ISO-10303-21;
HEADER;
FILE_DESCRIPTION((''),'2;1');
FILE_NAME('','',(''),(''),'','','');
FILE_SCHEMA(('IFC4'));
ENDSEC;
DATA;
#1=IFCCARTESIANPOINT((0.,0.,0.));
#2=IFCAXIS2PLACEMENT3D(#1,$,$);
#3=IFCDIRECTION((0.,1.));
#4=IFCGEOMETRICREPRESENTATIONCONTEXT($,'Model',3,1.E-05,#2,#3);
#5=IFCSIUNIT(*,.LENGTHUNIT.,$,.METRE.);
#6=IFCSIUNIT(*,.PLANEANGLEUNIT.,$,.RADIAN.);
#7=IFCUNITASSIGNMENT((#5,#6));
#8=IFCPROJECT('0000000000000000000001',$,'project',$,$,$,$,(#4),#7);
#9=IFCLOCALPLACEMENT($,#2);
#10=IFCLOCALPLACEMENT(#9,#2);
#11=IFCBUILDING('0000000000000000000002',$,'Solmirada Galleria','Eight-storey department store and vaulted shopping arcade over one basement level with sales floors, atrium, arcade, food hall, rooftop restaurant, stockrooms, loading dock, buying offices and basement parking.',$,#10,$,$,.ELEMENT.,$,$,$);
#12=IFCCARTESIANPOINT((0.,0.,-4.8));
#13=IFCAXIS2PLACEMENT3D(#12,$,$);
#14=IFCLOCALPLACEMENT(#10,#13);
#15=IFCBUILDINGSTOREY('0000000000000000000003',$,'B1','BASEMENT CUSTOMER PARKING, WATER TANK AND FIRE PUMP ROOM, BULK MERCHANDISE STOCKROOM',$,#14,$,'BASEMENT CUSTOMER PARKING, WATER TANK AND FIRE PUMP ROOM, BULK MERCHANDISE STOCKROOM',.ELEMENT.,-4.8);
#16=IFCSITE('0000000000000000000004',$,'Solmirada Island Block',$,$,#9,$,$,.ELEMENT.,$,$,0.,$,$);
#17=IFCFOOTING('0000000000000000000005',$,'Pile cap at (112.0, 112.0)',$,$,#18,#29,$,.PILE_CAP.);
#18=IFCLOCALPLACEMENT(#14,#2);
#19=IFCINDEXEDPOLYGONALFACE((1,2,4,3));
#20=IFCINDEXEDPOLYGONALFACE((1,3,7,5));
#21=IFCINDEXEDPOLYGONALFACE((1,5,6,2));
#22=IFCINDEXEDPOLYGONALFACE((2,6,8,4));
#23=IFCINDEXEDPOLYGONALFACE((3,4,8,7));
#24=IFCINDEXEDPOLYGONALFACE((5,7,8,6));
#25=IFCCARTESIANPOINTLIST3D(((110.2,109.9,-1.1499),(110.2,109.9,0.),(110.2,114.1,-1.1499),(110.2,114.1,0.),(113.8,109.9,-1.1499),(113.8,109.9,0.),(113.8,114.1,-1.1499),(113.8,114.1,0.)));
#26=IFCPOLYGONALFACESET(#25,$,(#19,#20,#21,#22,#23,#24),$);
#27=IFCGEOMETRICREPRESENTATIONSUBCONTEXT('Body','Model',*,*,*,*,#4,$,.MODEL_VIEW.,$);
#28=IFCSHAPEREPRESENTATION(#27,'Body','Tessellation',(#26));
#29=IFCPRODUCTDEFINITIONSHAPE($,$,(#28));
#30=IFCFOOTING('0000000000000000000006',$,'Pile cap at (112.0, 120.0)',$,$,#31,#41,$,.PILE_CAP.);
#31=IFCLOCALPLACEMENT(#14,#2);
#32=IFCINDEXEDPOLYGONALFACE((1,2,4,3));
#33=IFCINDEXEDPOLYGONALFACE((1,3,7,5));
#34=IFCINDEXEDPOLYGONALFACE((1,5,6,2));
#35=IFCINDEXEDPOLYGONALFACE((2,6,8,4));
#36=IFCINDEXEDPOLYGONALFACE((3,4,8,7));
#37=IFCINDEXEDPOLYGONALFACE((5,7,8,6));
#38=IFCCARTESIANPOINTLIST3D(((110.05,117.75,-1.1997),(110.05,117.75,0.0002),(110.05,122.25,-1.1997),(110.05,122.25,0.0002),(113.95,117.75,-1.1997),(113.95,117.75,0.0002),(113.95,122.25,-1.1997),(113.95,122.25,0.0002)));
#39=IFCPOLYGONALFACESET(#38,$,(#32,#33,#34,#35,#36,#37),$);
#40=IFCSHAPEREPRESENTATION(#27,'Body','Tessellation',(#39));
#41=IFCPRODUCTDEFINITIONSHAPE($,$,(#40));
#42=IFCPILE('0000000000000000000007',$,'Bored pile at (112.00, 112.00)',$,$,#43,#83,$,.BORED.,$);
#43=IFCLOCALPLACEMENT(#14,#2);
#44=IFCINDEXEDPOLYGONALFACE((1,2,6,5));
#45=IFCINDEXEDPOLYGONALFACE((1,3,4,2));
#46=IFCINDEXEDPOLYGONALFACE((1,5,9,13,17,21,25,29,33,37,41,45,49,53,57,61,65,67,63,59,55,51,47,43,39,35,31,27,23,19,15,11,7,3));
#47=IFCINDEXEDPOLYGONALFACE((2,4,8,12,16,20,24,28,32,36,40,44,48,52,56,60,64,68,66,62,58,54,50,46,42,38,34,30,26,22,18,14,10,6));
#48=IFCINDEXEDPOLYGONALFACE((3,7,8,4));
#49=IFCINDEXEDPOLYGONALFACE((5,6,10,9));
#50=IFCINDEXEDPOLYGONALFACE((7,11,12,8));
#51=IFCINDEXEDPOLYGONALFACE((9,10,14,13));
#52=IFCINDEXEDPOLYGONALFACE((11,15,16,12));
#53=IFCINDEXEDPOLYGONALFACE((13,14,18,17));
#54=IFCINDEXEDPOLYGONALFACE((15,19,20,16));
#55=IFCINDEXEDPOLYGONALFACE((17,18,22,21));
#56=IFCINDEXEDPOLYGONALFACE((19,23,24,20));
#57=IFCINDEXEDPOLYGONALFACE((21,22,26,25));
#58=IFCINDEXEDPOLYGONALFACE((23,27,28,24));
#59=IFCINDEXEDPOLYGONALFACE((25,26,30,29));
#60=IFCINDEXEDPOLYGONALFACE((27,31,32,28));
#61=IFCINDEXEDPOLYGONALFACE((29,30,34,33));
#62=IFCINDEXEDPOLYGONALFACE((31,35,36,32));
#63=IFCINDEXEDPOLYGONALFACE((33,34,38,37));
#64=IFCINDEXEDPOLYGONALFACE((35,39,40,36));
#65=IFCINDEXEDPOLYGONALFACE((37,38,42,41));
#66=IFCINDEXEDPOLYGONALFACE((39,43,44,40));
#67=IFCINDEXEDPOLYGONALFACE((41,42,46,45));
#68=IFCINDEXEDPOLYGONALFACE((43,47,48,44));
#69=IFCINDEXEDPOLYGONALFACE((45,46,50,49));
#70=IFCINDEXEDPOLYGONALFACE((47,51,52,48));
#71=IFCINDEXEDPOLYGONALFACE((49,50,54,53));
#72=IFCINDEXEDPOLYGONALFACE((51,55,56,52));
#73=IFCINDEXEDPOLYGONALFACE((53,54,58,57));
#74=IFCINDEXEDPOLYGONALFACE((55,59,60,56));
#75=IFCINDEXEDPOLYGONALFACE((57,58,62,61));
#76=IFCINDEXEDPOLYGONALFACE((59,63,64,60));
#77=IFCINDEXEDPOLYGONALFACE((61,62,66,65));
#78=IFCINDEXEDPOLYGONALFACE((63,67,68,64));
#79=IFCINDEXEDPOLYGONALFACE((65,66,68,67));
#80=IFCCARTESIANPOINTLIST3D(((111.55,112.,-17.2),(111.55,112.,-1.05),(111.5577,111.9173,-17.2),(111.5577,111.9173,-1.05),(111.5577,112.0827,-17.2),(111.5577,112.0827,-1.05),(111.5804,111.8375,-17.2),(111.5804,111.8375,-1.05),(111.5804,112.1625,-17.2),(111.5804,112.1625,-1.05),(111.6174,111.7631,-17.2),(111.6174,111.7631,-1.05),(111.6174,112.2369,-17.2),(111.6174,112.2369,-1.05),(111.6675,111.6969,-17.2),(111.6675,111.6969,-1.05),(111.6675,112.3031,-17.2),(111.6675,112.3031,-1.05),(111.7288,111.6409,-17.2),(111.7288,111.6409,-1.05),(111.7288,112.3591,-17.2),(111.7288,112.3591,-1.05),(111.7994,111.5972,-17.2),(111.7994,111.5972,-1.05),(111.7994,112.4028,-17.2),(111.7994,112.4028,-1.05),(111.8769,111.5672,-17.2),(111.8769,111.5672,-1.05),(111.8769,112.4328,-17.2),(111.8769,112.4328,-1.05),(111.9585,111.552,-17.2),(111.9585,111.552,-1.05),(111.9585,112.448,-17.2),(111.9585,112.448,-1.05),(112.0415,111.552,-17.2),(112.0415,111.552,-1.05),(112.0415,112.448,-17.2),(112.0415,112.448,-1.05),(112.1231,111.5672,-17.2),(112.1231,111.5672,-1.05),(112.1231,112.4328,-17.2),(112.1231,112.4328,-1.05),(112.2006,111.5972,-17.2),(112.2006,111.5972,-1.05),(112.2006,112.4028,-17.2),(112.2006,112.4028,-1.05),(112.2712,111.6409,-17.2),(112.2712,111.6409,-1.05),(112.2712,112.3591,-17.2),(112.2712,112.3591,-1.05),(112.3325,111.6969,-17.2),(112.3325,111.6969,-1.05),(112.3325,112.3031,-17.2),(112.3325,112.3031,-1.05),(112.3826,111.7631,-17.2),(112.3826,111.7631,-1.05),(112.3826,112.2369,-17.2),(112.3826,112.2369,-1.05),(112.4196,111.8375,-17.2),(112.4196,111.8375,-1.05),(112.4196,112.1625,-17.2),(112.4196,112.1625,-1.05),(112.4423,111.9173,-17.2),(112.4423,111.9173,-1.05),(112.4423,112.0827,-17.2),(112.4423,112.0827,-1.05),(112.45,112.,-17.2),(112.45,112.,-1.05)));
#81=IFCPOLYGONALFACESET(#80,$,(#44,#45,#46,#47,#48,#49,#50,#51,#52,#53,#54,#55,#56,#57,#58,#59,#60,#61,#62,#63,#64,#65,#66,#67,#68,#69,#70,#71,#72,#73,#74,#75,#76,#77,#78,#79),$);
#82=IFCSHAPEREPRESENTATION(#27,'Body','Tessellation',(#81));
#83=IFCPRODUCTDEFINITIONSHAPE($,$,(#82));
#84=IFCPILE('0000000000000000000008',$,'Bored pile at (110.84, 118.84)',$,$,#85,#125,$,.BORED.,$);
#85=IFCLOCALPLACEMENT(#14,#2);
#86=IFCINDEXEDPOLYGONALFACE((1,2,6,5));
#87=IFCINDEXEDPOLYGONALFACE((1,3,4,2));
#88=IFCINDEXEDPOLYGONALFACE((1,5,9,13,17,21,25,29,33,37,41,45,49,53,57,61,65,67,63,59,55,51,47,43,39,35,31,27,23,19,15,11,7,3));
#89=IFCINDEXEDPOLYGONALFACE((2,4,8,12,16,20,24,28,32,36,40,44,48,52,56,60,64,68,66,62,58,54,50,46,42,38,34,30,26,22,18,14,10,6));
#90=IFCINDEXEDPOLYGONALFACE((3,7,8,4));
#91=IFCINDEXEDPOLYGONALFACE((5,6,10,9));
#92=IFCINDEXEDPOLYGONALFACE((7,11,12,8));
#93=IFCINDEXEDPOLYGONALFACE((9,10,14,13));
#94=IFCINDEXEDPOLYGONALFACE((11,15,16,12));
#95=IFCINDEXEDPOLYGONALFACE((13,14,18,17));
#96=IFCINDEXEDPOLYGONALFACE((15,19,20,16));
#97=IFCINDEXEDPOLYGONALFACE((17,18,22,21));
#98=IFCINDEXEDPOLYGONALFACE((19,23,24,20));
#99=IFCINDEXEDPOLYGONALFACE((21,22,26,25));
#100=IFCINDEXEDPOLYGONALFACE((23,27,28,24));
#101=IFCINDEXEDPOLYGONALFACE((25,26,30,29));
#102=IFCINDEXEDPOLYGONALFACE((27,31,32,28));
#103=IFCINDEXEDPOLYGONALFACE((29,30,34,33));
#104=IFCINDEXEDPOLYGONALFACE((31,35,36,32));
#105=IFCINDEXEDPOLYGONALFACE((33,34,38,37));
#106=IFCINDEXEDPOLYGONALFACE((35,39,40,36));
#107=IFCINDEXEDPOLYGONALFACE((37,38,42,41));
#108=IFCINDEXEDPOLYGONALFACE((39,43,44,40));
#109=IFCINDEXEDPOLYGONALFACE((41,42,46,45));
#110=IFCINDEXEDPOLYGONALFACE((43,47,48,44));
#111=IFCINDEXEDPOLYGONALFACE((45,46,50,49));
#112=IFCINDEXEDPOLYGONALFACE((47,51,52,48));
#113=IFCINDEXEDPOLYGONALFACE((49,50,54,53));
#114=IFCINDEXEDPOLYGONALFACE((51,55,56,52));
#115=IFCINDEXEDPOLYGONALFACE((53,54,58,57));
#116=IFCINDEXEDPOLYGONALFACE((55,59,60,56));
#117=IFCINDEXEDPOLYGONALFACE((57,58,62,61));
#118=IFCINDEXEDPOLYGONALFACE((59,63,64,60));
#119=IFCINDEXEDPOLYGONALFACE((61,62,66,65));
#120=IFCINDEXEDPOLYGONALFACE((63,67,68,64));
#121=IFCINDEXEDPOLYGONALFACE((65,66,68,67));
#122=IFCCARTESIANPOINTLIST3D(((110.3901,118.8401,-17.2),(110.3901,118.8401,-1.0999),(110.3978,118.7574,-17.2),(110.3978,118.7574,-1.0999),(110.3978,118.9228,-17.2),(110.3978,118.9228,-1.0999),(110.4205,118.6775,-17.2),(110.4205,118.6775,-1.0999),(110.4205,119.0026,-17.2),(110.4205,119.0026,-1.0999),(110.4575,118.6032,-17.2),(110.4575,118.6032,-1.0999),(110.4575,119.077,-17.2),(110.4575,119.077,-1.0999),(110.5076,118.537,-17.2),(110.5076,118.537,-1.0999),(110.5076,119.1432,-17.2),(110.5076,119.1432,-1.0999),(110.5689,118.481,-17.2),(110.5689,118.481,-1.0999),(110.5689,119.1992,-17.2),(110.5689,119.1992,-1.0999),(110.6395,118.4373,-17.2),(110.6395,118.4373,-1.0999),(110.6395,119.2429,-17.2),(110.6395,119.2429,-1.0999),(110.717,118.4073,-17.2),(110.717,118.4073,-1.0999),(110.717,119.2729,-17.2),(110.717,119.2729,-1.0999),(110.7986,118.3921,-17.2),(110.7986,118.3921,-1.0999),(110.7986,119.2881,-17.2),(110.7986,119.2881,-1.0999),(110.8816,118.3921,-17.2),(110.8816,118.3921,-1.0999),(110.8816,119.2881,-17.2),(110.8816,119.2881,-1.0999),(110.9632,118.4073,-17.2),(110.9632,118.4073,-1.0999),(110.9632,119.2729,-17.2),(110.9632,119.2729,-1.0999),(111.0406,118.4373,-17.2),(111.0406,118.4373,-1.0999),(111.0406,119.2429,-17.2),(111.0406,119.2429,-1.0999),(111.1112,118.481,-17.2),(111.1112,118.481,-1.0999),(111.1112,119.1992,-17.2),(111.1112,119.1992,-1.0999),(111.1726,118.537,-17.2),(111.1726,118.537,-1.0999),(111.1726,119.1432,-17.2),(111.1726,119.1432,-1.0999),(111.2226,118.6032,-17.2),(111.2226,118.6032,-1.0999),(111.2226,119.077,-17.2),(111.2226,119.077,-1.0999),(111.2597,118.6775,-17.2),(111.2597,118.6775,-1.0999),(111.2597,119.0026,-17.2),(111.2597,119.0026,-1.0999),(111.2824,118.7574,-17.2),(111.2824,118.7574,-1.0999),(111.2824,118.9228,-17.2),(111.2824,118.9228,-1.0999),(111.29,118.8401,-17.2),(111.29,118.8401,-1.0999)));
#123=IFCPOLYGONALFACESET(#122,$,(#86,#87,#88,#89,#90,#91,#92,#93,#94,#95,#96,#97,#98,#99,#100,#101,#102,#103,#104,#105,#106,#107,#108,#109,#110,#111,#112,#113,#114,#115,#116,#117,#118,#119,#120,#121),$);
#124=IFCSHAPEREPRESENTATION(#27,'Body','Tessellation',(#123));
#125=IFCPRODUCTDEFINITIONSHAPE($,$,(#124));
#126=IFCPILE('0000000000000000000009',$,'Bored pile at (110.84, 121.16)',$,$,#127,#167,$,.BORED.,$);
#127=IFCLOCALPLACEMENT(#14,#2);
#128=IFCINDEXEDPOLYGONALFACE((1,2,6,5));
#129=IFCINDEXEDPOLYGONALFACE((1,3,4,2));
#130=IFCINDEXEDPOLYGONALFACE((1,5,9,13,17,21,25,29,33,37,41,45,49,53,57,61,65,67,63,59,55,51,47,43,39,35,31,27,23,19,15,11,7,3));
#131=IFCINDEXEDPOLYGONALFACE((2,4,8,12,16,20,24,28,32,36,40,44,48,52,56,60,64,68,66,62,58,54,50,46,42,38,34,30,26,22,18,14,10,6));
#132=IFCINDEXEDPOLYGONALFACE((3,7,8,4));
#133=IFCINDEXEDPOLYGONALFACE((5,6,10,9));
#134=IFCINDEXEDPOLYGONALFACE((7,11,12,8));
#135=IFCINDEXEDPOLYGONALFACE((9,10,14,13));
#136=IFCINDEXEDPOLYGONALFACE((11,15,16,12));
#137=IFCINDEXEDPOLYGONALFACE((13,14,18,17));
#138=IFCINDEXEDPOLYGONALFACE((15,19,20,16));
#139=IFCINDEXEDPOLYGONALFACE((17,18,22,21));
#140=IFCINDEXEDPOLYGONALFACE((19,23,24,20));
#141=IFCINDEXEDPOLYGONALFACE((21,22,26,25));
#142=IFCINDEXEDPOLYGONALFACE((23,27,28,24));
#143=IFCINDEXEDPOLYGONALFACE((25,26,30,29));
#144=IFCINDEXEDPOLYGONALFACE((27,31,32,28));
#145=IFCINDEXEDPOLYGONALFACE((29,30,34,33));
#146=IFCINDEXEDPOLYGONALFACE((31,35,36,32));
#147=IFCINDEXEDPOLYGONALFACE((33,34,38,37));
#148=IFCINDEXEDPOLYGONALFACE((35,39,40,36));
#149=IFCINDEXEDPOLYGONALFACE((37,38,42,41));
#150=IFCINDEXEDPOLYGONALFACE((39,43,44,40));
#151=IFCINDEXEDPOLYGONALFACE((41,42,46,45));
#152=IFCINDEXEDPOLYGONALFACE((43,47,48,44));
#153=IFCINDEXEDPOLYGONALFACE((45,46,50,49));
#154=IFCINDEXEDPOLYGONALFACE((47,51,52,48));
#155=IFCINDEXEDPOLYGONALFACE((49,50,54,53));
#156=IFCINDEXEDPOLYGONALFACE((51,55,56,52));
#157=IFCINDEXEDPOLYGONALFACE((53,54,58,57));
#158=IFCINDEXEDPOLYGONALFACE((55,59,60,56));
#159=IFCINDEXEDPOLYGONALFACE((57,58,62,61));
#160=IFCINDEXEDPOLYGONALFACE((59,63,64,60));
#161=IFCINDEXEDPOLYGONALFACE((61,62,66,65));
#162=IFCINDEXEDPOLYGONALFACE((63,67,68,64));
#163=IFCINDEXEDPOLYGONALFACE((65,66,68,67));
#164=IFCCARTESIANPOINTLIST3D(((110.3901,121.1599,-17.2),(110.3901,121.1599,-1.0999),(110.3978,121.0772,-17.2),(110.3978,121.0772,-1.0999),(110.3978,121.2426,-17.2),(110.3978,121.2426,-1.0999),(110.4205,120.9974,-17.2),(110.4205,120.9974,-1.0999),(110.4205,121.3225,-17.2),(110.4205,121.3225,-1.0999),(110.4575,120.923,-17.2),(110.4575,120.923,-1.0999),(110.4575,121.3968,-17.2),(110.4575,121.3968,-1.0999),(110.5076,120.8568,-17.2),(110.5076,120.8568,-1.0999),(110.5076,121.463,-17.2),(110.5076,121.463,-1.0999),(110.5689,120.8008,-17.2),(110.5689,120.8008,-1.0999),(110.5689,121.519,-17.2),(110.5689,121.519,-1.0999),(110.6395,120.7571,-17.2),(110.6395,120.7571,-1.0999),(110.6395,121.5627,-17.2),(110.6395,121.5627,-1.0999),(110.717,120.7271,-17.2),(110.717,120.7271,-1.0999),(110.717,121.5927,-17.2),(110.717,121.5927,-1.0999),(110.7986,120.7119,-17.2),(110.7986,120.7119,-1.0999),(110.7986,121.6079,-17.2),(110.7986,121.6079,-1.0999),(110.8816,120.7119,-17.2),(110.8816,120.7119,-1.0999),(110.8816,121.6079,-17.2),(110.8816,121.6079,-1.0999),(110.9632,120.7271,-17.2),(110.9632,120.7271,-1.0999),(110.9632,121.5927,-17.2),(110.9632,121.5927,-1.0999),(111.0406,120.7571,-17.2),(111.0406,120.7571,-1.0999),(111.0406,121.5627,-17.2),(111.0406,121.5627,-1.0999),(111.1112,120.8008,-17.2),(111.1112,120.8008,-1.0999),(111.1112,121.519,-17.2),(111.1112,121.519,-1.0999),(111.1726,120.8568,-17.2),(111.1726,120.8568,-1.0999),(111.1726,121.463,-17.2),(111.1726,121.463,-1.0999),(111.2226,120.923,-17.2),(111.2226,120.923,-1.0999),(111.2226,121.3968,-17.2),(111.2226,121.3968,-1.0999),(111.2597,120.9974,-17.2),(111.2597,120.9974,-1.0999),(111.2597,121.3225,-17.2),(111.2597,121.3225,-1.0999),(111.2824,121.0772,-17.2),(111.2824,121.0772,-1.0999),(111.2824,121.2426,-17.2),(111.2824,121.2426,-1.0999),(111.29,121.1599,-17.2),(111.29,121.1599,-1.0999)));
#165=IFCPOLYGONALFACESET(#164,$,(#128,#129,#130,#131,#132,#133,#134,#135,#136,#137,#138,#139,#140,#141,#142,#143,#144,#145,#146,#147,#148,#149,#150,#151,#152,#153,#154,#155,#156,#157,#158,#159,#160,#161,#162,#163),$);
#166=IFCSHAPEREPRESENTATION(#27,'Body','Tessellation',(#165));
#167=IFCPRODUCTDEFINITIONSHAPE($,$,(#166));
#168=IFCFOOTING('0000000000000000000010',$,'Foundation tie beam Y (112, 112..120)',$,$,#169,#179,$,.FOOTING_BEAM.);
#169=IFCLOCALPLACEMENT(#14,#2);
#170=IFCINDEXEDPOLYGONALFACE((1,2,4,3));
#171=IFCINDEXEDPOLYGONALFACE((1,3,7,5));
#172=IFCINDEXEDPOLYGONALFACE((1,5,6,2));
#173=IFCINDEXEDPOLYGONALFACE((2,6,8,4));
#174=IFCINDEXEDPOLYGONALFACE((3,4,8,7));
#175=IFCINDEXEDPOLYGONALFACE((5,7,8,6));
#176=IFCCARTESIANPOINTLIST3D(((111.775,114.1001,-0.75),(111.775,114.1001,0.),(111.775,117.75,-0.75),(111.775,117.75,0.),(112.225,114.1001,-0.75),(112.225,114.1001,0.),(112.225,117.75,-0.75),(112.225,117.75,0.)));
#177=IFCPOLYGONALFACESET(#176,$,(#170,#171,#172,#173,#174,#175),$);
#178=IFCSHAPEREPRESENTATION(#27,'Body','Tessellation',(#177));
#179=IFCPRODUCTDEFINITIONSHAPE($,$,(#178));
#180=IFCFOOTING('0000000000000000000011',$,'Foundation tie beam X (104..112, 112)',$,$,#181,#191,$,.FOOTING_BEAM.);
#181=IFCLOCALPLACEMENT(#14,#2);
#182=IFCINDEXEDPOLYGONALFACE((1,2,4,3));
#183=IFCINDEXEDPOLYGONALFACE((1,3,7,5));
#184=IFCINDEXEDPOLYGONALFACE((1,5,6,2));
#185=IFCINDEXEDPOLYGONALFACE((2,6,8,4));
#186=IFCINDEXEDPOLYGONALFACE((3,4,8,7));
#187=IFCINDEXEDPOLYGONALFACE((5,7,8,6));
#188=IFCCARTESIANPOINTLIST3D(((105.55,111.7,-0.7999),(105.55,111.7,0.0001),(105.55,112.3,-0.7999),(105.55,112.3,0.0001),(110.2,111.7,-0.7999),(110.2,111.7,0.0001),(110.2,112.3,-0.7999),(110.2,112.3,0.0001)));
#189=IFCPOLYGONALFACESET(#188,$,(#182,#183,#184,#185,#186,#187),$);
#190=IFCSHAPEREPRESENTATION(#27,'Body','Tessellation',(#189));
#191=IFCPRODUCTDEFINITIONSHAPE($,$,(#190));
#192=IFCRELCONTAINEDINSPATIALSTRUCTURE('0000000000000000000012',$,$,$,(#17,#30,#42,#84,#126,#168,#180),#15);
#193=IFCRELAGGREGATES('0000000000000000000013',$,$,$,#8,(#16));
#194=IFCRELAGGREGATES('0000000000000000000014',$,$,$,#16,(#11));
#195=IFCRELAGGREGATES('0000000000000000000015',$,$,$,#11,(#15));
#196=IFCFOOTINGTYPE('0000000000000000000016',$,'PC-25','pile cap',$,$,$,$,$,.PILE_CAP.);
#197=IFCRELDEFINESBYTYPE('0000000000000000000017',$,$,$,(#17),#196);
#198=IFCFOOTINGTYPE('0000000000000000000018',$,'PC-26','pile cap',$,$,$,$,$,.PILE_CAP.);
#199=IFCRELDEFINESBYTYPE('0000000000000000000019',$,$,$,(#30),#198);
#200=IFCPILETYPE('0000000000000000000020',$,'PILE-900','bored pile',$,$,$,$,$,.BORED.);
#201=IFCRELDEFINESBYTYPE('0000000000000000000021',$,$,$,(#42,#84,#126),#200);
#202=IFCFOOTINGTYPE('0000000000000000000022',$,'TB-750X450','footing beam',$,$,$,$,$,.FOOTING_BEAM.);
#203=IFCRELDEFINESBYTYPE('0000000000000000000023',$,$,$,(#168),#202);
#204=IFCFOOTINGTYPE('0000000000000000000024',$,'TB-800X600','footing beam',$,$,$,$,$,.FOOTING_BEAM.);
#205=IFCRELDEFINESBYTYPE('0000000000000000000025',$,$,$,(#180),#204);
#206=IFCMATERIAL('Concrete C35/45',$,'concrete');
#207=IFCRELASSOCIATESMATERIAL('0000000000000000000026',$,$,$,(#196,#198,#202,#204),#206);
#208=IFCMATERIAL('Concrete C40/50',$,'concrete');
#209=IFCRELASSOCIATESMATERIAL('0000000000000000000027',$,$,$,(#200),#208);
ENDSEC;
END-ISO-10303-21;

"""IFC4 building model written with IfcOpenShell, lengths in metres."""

from ifc_helpers import new_model, si_unit, direction, frame, origin, origin_2d, place, context, subcontext, project, spatial, rectangle, circle, extrude, material, material_profile, profile_set, type_object, element, save


model = new_model("IFC4")

# Units and contexts
model_context = context("Model", 3, precision=1e-05, world=origin(), true_north=direction((0.0, 1.0)))
body_context = subcontext(model_context, "Body", "Model", "MODEL_VIEW")
ifc_project = project(units=[si_unit("LENGTHUNIT", "METRE"), si_unit("PLANEANGLEUNIT", "RADIAN")], contexts=[model_context])

# Site, building, storey
site_placement = place(None, origin())
site = spatial("IfcSite", under=ifc_project, at=site_placement, Name="Solmirada Island Block", CompositionType="ELEMENT", RefElevation=0.0)
building_placement = place(site_placement, origin())
building = spatial("IfcBuilding", under=site, at=building_placement, Name="Solmirada Galleria", Description="Eight-storey department store and vaulted shopping arcade over one basement level with sales floors, atrium, arcade, food hall, rooftop restaurant, stockrooms, loading dock, buying offices and basement parking.", CompositionType="ELEMENT")
storey_placement = place(building_placement, frame((0.0, 0.0, -4.8)))
storey = spatial("IfcBuildingStorey", under=building, at=storey_placement, Name="B1", Description="BASEMENT CUSTOMER PARKING, WATER TANK AND FIRE PUMP ROOM, BULK MERCHANDISE STOCKROOM", LongName="BASEMENT CUSTOMER PARKING, WATER TANK AND FIRE PUMP ROOM, BULK MERCHANDISE STOCKROOM", CompositionType="ELEMENT", Elevation=-4.8)

# Footings
ifc_material_1 = material(Name="Concrete C35/45", Category="concrete")
footing_type_1 = type_object("IfcFootingType", Name="PC-25", Description="pile cap", PredefinedType="PILE_CAP", material=ifc_material_1)
footing_1_placement = place(storey_placement, frame((112.0, 112.0, -1.1499), z_axis=(0.0, 0.0, 1.0), x_axis=(1.0, 0.0, 0.0)))
element("IfcFooting", 1, at=footing_1_placement, inside=storey, type_object=footing_type_1, Name="Pile cap at (112.0, 112.0)", PredefinedType="PILE_CAP", context=body_context, shape_type="SweptSolid", body=[
    extrude(rectangle(XDim=3.6001, YDim=4.2, at=origin_2d()), origin(), (0.0, 0.0, 1.0), 1.1499),
])
footing_type_2 = type_object("IfcFootingType", Name="PC-26", Description="pile cap", PredefinedType="PILE_CAP", material=ifc_material_1)
footing_2_placement = place(storey_placement, frame((112.0, 120.0, -1.1997), z_axis=(0.0, 0.0, 1.0), x_axis=(1.0, 0.0, 0.0)))
element("IfcFooting", 2, at=footing_2_placement, inside=storey, type_object=footing_type_2, Name="Pile cap at (112.0, 120.0)", PredefinedType="PILE_CAP", context=body_context, shape_type="SweptSolid", body=[
    extrude(rectangle(XDim=3.8999, YDim=4.5, at=origin_2d()), origin(), (0.0, 0.0, 1.0), 1.2),
])

# Piles
ifc_material_2 = material(Name="Concrete C40/50", Category="concrete")
ifc_material_profile_1 = material_profile(ifc_material_2, circle(Radius=0.45, at=origin_2d()), Name="PILE900")
ifc_profile_set_1 = profile_set([ifc_material_profile_1], Name="Concrete C40/50")
pile_type = type_object("IfcPileType", Name="PILE-900", Description="bored pile", PredefinedType="BORED", material=ifc_profile_set_1)
pile_placement = place(storey_placement, frame((112.0, 112.0, -1.05), z_axis=(0.0, 0.0, -1.0), x_axis=(1.0, 0.0, 0.0)))
element("IfcPile", 3, at=pile_placement, inside=storey, type_object=pile_type, Name="Bored pile at (112.00, 112.00)", PredefinedType="BORED", context=body_context, shape_type="SweptSolid", body=[
    extrude(circle(Radius=0.45, at=origin_2d()), origin(), (0.0, 0.0, 1.0), 16.1499),
])
for number, where, z_axis, x_axis, name in (
    (4, (110.8401, 118.8401, -1.0999), (0.0, 0.0, -1.0), (1.0, 0.0, 0.0), "Bored pile at (110.84, 118.84)"),
    (5, (110.8401, 121.1599, -1.0999), (0.0, 0.0, -1.0), (1.0, 0.0, 0.0), "Bored pile at (110.84, 121.16)"),
):
    element("IfcPile", number, at=place(storey_placement, frame(where, z_axis=z_axis, x_axis=x_axis)), inside=storey, type_object=pile_type, Name=name, PredefinedType="BORED", context=body_context, shape_type="SweptSolid", body=[
        extrude(circle(Radius=0.45, at=origin_2d()), origin(), (0.0, 0.0, 1.0), 16.1001),
    ])

# Footings
ifc_material_profile_2 = material_profile(ifc_material_1, rectangle(XDim=0.45, YDim=0.75, at=origin_2d()), Name="RC750X450")
ifc_profile_set_2 = profile_set([ifc_material_profile_2], Name="Concrete C35/45")
footing_type_3 = type_object("IfcFootingType", Name="TB-750X450", Description="footing beam", PredefinedType="FOOTING_BEAM", material=ifc_profile_set_2)
footing_3_placement = place(storey_placement, frame((112.0, 114.1001, -0.375), z_axis=(0.0, 1.0, 0.0), x_axis=(-1.0, 0.0, 0.0)))
element("IfcFooting", 6, at=footing_3_placement, inside=storey, type_object=footing_type_3, Name="Foundation tie beam Y (112, 112..120)", PredefinedType="FOOTING_BEAM", context=body_context, shape_type="SweptSolid", body=[
    extrude(rectangle(XDim=0.45, YDim=0.75, at=origin_2d()), origin(), (0.0, 0.0, 1.0), 3.6499),
])
ifc_material_profile_3 = material_profile(ifc_material_1, rectangle(XDim=0.6001, YDim=0.8, at=origin_2d()), Name="RC800X600")
ifc_profile_set_3 = profile_set([ifc_material_profile_3], Name="Concrete C35/45")
footing_type_4 = type_object("IfcFootingType", Name="TB-800X600", Description="footing beam", PredefinedType="FOOTING_BEAM", material=ifc_profile_set_3)
footing_4_placement = place(storey_placement, frame((105.55, 112.0, -0.3999), z_axis=(1.0, 0.0, 0.0), x_axis=(0.0, 1.0, 0.0)))
element("IfcFooting", 7, at=footing_4_placement, inside=storey, type_object=footing_type_4, Name="Foundation tie beam X (104..112, 112)", PredefinedType="FOOTING_BEAM", context=body_context, shape_type="SweptSolid", body=[
    extrude(rectangle(XDim=0.6001, YDim=0.8, at=origin_2d()), origin(), (0.0, 0.0, 1.0), 4.6499),
])

save(model, "model.ifc")
